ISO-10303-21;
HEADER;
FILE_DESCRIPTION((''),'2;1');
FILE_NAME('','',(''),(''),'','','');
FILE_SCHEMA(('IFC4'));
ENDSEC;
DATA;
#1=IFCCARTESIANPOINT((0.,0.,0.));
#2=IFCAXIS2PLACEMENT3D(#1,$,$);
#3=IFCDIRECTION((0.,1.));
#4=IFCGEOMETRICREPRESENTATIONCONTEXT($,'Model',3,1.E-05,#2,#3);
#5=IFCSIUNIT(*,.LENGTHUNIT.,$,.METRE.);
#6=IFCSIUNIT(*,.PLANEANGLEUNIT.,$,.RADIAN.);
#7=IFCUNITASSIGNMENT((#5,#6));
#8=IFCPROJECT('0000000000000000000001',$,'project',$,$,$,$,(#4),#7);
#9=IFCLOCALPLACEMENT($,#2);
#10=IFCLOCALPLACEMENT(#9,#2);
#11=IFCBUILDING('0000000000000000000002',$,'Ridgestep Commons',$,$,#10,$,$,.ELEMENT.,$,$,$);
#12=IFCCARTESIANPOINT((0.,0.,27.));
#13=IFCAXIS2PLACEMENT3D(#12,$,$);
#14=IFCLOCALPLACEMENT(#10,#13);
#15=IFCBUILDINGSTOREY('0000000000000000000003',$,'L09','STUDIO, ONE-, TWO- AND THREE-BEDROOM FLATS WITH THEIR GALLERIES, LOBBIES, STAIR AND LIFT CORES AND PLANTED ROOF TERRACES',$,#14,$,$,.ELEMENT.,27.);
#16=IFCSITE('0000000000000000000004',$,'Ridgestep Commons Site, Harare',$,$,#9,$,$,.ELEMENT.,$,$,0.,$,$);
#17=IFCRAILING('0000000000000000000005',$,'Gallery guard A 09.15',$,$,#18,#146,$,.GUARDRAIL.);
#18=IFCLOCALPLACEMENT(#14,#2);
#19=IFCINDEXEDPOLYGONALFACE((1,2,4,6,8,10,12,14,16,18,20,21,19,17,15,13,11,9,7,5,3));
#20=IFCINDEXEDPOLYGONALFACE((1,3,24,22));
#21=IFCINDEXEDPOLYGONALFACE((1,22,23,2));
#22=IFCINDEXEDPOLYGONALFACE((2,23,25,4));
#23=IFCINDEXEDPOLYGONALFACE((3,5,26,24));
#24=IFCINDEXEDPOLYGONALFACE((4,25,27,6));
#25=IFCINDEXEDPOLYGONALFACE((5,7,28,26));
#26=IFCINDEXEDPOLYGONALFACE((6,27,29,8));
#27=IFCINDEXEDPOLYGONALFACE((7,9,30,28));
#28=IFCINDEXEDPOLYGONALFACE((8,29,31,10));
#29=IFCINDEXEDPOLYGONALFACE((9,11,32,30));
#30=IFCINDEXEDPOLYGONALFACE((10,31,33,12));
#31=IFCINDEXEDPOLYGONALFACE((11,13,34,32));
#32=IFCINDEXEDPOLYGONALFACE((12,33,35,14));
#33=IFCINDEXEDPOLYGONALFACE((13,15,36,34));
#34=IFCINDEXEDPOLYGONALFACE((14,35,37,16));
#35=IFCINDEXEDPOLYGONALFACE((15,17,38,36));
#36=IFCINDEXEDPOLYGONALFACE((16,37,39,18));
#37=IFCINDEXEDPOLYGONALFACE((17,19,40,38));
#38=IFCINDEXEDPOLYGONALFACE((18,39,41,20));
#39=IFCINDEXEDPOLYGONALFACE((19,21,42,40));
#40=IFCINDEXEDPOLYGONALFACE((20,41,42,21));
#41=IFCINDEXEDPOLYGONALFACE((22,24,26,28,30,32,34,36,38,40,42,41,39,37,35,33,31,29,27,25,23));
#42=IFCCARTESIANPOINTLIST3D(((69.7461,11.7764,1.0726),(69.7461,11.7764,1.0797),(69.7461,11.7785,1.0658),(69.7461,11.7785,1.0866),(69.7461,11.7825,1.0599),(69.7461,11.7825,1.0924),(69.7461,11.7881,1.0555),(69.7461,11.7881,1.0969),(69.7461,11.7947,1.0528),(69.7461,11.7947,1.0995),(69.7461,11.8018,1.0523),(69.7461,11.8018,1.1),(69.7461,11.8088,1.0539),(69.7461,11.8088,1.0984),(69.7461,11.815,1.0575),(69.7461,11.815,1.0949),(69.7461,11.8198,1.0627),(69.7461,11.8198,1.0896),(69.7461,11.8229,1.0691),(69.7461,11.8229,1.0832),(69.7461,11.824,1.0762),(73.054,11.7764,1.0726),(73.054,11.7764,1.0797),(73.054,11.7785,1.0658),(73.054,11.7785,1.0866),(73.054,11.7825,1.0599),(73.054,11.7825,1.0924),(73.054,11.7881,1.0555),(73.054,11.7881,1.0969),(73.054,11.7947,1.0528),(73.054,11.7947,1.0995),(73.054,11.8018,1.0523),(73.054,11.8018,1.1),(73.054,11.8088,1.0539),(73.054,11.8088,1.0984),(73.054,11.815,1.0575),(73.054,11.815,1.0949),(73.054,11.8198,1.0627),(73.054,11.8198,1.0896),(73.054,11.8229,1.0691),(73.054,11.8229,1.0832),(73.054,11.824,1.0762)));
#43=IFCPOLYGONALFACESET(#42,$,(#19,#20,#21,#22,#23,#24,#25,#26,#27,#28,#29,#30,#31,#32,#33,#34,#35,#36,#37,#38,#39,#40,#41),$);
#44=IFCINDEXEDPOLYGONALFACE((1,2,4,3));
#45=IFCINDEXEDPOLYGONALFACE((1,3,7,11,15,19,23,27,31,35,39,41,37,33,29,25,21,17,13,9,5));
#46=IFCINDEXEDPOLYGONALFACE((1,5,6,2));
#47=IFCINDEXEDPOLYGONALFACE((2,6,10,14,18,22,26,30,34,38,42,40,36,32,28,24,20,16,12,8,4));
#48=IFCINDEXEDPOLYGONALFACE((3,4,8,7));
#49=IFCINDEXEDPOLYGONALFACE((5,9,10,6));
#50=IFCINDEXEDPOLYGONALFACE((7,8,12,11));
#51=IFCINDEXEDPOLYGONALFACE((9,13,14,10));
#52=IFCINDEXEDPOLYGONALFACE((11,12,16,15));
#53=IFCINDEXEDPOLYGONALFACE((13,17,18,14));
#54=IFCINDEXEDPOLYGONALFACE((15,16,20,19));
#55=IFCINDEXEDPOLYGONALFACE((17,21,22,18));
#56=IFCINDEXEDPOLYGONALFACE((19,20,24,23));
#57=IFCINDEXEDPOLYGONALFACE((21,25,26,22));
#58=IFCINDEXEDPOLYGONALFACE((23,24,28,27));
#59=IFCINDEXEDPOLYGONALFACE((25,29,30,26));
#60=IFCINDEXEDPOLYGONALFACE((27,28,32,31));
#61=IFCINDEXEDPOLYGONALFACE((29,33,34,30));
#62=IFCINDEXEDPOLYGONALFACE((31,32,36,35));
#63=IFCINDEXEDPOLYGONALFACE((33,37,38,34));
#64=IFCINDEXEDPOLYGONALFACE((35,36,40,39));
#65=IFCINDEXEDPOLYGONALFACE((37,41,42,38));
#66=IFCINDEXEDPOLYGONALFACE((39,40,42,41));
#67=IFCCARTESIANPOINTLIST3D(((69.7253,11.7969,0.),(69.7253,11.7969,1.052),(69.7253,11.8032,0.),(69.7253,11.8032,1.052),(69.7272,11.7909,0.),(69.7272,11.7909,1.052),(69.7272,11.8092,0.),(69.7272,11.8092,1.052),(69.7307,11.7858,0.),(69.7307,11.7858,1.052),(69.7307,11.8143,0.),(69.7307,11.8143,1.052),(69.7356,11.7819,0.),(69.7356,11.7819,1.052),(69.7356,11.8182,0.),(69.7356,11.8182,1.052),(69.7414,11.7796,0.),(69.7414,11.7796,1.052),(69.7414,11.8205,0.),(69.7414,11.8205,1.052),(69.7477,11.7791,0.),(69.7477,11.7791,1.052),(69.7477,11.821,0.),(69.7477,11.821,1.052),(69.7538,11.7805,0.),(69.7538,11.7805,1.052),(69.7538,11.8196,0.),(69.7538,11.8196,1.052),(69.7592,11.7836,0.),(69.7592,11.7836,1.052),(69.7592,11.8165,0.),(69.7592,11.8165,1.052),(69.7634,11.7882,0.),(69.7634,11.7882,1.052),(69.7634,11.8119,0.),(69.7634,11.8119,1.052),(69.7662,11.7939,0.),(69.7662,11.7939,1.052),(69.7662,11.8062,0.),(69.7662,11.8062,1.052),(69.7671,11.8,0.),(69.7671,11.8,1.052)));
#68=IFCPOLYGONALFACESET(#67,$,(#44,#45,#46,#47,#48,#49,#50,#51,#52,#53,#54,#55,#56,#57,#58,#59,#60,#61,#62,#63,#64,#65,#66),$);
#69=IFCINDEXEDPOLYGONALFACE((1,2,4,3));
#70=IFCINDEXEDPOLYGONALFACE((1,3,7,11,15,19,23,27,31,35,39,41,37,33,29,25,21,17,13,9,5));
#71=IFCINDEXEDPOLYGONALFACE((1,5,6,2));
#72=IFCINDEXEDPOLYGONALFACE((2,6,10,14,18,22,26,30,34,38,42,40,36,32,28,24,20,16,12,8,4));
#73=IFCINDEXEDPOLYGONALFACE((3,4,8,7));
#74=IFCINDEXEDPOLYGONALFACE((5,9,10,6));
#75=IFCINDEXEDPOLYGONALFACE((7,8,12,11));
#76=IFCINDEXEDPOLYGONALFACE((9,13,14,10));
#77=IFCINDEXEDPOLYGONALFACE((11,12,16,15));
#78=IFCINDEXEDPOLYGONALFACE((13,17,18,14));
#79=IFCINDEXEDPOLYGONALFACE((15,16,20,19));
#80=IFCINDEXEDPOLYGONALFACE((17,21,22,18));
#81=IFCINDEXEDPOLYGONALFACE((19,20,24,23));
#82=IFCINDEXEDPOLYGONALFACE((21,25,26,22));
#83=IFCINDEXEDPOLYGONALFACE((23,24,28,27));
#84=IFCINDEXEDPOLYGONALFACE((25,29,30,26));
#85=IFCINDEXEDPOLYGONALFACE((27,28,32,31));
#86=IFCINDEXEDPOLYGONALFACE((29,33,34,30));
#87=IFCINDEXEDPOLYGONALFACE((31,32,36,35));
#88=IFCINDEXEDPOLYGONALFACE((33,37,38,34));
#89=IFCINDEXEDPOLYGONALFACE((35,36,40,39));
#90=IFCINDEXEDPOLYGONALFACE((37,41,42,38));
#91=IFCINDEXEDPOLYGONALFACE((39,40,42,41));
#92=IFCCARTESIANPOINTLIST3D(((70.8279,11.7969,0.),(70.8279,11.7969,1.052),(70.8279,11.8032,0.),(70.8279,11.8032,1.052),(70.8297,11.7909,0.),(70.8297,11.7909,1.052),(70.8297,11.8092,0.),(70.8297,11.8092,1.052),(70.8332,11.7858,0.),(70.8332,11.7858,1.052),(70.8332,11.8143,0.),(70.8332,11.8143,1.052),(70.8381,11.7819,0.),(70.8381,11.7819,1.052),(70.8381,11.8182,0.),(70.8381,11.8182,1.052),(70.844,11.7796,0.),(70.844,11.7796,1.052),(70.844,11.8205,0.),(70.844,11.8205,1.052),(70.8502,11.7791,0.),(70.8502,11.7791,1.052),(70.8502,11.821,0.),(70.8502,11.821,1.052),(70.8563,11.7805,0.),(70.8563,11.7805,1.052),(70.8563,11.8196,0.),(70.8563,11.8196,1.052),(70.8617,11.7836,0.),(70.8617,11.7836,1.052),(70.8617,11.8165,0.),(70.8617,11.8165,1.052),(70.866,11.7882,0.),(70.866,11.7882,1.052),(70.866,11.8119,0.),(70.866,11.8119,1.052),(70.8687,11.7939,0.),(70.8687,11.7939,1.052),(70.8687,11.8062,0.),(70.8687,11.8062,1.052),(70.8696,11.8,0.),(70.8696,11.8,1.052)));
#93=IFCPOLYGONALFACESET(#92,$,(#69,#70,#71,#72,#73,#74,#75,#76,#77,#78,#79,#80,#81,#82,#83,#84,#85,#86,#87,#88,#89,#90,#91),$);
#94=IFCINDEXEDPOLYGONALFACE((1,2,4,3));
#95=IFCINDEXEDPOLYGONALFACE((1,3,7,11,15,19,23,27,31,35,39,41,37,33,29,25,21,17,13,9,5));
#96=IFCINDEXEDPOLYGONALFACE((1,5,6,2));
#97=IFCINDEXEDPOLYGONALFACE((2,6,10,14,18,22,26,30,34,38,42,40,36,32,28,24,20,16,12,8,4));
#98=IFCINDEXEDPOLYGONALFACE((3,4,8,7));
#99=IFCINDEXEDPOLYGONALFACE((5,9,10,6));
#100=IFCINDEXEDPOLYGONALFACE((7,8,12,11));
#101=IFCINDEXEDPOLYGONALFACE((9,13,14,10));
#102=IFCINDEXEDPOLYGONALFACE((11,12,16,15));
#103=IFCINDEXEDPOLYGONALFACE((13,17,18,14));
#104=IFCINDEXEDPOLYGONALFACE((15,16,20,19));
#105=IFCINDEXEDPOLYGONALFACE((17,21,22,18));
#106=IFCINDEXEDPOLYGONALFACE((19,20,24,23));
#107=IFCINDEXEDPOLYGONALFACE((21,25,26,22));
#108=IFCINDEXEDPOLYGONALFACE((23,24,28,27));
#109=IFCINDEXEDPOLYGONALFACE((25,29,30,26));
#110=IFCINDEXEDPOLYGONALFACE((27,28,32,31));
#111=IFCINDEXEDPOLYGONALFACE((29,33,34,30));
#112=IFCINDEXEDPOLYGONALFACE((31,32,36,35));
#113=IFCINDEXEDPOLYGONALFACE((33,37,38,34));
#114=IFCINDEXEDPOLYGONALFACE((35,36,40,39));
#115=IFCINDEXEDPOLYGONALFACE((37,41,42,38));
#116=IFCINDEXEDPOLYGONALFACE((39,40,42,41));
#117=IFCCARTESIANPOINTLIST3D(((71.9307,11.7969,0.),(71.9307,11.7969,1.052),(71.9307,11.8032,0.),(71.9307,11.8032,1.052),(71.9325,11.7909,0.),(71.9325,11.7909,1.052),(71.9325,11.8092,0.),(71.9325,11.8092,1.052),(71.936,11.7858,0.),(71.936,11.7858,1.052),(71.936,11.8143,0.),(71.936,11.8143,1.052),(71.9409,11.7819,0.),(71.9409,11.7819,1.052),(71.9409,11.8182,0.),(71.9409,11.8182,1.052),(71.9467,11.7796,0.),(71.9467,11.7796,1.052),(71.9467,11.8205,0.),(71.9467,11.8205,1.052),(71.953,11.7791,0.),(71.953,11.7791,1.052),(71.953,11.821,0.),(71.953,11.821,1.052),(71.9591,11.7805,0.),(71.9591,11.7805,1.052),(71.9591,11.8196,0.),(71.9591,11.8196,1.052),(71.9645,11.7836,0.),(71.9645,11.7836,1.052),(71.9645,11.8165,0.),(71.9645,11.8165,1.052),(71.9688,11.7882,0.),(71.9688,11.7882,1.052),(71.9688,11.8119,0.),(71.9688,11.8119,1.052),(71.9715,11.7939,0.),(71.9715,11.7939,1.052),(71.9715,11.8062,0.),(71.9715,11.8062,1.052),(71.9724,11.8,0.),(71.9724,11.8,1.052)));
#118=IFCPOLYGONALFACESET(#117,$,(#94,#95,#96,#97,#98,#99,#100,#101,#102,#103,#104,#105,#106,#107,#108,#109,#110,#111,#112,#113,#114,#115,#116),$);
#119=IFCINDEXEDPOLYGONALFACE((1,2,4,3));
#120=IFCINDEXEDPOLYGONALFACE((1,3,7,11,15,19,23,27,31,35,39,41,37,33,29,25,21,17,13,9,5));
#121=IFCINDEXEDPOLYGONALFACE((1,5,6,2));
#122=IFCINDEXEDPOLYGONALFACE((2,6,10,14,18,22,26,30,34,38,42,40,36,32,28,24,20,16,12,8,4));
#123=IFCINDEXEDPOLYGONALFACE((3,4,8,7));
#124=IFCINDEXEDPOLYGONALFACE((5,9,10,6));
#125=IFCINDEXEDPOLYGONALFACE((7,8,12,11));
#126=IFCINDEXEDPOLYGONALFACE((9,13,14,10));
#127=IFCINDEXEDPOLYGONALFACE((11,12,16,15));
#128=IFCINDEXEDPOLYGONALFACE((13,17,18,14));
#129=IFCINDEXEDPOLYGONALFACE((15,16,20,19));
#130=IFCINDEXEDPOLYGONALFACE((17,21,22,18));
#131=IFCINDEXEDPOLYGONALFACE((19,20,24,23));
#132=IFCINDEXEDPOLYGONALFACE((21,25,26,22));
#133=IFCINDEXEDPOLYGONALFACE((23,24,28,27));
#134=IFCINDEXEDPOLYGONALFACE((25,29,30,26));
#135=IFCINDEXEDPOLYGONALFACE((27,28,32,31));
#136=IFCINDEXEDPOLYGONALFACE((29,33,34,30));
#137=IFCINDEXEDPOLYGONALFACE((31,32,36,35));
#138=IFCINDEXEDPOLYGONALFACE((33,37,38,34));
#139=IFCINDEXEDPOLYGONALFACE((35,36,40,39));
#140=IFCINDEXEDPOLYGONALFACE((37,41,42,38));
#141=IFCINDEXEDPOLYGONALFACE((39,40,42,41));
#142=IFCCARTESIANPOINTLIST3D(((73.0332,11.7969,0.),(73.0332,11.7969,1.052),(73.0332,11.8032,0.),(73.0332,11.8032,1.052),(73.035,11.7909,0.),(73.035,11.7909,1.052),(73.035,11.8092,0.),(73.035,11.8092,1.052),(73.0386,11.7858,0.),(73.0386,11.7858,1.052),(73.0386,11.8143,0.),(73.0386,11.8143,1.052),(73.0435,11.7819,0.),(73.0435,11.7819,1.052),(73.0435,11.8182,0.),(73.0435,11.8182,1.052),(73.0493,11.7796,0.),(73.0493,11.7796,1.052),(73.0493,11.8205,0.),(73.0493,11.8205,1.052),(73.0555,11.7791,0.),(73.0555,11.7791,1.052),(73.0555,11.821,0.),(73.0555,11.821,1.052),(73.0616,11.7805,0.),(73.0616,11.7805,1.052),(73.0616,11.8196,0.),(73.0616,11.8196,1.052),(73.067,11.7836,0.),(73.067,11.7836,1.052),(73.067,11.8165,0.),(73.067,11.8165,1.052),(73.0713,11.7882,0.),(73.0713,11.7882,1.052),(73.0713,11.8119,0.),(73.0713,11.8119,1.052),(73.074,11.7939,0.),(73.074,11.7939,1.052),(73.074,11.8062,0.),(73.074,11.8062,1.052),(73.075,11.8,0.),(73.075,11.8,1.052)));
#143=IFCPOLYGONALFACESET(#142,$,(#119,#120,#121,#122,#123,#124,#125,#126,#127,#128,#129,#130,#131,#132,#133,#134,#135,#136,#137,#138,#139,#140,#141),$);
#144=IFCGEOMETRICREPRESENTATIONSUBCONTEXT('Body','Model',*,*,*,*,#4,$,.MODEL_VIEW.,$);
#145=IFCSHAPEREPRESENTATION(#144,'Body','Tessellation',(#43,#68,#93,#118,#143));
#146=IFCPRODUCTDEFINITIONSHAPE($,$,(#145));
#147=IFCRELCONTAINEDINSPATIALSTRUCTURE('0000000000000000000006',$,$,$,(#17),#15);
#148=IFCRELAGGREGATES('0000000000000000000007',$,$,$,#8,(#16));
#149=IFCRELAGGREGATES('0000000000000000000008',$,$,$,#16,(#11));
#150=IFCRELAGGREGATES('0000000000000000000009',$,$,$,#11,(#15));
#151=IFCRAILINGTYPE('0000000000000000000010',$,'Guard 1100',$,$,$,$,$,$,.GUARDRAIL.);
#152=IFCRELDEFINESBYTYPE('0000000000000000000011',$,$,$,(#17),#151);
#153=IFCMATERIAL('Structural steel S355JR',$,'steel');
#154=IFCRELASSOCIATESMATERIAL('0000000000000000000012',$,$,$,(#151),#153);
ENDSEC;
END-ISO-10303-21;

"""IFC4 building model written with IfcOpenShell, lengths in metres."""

from ifc_helpers import new_model, si_unit, direction, frame, origin, origin_2d, place, context, subcontext, project, spatial, circle, extrude, material, type_object, element, save


model = new_model("IFC4")

# Units and contexts
model_context = context("Model", 3, precision=1e-05, world=origin(), true_north=direction((0.0, 1.0)))
body_context = subcontext(model_context, "Body", "Model", "MODEL_VIEW")
ifc_project = project(units=[si_unit("LENGTHUNIT", "METRE"), si_unit("PLANEANGLEUNIT", "RADIAN")], contexts=[model_context])

# Site, building, storey
site_placement = place(None, origin())
site = spatial("IfcSite", under=ifc_project, at=site_placement, Name="Ridgestep Commons Site, Harare", CompositionType="ELEMENT", RefElevation=0.0)
building_placement = place(site_placement, origin())
building = spatial("IfcBuilding", under=site, at=building_placement, Name="Ridgestep Commons", CompositionType="ELEMENT")
storey_placement = place(building_placement, frame((0.0, 0.0, 27.0)))
storey = spatial("IfcBuildingStorey", under=building, at=storey_placement, Name="L09", Description="STUDIO, ONE-, TWO- AND THREE-BEDROOM FLATS WITH THEIR GALLERIES, LOBBIES, STAIR AND LIFT CORES AND PLANTED ROOF TERRACES", CompositionType="ELEMENT", Elevation=27.0)

# Railing
ifc_material_1 = material(Name="Structural steel S355JR", Category="steel")
railing_type = type_object("IfcRailingType", Name="Guard 1100", PredefinedType="GUARDRAIL", material=ifc_material_1)
railing_1_placement = place(storey_placement, frame((69.7461, 11.8, 0.0)))
element("IfcRailing", 1, at=railing_1_placement, inside=storey, type_object=railing_type, Name="Gallery guard A 09.15", PredefinedType="GUARDRAIL", context=body_context, shape_type="SweptSolid", body=[
    extrude(circle(Radius=0.0239, at=origin_2d()), frame((0.0, 0.0, 1.0762), z_axis=(1.0, 0.0, 0.0), x_axis=(0.0, 1.0, 0.0)), (0.0, 0.0, 1.0), 3.3079),
    extrude(circle(Radius=0.021, at=origin_2d()), origin(), (0.0, 0.0, 1.0), 1.052),
    extrude(circle(Radius=0.021, at=origin_2d()), frame((1.1025, 0.0, 0.0)), (0.0, 0.0, 1.0), 1.052),
    extrude(circle(Radius=0.021, at=origin_2d()), frame((2.2053, 0.0, 0.0)), (0.0, 0.0, 1.0), 1.052),
    extrude(circle(Radius=0.021, at=origin_2d()), frame((3.3079, 0.0, 0.0)), (0.0, 0.0, 1.0), 1.052),
])

save(model, "model.ifc")
